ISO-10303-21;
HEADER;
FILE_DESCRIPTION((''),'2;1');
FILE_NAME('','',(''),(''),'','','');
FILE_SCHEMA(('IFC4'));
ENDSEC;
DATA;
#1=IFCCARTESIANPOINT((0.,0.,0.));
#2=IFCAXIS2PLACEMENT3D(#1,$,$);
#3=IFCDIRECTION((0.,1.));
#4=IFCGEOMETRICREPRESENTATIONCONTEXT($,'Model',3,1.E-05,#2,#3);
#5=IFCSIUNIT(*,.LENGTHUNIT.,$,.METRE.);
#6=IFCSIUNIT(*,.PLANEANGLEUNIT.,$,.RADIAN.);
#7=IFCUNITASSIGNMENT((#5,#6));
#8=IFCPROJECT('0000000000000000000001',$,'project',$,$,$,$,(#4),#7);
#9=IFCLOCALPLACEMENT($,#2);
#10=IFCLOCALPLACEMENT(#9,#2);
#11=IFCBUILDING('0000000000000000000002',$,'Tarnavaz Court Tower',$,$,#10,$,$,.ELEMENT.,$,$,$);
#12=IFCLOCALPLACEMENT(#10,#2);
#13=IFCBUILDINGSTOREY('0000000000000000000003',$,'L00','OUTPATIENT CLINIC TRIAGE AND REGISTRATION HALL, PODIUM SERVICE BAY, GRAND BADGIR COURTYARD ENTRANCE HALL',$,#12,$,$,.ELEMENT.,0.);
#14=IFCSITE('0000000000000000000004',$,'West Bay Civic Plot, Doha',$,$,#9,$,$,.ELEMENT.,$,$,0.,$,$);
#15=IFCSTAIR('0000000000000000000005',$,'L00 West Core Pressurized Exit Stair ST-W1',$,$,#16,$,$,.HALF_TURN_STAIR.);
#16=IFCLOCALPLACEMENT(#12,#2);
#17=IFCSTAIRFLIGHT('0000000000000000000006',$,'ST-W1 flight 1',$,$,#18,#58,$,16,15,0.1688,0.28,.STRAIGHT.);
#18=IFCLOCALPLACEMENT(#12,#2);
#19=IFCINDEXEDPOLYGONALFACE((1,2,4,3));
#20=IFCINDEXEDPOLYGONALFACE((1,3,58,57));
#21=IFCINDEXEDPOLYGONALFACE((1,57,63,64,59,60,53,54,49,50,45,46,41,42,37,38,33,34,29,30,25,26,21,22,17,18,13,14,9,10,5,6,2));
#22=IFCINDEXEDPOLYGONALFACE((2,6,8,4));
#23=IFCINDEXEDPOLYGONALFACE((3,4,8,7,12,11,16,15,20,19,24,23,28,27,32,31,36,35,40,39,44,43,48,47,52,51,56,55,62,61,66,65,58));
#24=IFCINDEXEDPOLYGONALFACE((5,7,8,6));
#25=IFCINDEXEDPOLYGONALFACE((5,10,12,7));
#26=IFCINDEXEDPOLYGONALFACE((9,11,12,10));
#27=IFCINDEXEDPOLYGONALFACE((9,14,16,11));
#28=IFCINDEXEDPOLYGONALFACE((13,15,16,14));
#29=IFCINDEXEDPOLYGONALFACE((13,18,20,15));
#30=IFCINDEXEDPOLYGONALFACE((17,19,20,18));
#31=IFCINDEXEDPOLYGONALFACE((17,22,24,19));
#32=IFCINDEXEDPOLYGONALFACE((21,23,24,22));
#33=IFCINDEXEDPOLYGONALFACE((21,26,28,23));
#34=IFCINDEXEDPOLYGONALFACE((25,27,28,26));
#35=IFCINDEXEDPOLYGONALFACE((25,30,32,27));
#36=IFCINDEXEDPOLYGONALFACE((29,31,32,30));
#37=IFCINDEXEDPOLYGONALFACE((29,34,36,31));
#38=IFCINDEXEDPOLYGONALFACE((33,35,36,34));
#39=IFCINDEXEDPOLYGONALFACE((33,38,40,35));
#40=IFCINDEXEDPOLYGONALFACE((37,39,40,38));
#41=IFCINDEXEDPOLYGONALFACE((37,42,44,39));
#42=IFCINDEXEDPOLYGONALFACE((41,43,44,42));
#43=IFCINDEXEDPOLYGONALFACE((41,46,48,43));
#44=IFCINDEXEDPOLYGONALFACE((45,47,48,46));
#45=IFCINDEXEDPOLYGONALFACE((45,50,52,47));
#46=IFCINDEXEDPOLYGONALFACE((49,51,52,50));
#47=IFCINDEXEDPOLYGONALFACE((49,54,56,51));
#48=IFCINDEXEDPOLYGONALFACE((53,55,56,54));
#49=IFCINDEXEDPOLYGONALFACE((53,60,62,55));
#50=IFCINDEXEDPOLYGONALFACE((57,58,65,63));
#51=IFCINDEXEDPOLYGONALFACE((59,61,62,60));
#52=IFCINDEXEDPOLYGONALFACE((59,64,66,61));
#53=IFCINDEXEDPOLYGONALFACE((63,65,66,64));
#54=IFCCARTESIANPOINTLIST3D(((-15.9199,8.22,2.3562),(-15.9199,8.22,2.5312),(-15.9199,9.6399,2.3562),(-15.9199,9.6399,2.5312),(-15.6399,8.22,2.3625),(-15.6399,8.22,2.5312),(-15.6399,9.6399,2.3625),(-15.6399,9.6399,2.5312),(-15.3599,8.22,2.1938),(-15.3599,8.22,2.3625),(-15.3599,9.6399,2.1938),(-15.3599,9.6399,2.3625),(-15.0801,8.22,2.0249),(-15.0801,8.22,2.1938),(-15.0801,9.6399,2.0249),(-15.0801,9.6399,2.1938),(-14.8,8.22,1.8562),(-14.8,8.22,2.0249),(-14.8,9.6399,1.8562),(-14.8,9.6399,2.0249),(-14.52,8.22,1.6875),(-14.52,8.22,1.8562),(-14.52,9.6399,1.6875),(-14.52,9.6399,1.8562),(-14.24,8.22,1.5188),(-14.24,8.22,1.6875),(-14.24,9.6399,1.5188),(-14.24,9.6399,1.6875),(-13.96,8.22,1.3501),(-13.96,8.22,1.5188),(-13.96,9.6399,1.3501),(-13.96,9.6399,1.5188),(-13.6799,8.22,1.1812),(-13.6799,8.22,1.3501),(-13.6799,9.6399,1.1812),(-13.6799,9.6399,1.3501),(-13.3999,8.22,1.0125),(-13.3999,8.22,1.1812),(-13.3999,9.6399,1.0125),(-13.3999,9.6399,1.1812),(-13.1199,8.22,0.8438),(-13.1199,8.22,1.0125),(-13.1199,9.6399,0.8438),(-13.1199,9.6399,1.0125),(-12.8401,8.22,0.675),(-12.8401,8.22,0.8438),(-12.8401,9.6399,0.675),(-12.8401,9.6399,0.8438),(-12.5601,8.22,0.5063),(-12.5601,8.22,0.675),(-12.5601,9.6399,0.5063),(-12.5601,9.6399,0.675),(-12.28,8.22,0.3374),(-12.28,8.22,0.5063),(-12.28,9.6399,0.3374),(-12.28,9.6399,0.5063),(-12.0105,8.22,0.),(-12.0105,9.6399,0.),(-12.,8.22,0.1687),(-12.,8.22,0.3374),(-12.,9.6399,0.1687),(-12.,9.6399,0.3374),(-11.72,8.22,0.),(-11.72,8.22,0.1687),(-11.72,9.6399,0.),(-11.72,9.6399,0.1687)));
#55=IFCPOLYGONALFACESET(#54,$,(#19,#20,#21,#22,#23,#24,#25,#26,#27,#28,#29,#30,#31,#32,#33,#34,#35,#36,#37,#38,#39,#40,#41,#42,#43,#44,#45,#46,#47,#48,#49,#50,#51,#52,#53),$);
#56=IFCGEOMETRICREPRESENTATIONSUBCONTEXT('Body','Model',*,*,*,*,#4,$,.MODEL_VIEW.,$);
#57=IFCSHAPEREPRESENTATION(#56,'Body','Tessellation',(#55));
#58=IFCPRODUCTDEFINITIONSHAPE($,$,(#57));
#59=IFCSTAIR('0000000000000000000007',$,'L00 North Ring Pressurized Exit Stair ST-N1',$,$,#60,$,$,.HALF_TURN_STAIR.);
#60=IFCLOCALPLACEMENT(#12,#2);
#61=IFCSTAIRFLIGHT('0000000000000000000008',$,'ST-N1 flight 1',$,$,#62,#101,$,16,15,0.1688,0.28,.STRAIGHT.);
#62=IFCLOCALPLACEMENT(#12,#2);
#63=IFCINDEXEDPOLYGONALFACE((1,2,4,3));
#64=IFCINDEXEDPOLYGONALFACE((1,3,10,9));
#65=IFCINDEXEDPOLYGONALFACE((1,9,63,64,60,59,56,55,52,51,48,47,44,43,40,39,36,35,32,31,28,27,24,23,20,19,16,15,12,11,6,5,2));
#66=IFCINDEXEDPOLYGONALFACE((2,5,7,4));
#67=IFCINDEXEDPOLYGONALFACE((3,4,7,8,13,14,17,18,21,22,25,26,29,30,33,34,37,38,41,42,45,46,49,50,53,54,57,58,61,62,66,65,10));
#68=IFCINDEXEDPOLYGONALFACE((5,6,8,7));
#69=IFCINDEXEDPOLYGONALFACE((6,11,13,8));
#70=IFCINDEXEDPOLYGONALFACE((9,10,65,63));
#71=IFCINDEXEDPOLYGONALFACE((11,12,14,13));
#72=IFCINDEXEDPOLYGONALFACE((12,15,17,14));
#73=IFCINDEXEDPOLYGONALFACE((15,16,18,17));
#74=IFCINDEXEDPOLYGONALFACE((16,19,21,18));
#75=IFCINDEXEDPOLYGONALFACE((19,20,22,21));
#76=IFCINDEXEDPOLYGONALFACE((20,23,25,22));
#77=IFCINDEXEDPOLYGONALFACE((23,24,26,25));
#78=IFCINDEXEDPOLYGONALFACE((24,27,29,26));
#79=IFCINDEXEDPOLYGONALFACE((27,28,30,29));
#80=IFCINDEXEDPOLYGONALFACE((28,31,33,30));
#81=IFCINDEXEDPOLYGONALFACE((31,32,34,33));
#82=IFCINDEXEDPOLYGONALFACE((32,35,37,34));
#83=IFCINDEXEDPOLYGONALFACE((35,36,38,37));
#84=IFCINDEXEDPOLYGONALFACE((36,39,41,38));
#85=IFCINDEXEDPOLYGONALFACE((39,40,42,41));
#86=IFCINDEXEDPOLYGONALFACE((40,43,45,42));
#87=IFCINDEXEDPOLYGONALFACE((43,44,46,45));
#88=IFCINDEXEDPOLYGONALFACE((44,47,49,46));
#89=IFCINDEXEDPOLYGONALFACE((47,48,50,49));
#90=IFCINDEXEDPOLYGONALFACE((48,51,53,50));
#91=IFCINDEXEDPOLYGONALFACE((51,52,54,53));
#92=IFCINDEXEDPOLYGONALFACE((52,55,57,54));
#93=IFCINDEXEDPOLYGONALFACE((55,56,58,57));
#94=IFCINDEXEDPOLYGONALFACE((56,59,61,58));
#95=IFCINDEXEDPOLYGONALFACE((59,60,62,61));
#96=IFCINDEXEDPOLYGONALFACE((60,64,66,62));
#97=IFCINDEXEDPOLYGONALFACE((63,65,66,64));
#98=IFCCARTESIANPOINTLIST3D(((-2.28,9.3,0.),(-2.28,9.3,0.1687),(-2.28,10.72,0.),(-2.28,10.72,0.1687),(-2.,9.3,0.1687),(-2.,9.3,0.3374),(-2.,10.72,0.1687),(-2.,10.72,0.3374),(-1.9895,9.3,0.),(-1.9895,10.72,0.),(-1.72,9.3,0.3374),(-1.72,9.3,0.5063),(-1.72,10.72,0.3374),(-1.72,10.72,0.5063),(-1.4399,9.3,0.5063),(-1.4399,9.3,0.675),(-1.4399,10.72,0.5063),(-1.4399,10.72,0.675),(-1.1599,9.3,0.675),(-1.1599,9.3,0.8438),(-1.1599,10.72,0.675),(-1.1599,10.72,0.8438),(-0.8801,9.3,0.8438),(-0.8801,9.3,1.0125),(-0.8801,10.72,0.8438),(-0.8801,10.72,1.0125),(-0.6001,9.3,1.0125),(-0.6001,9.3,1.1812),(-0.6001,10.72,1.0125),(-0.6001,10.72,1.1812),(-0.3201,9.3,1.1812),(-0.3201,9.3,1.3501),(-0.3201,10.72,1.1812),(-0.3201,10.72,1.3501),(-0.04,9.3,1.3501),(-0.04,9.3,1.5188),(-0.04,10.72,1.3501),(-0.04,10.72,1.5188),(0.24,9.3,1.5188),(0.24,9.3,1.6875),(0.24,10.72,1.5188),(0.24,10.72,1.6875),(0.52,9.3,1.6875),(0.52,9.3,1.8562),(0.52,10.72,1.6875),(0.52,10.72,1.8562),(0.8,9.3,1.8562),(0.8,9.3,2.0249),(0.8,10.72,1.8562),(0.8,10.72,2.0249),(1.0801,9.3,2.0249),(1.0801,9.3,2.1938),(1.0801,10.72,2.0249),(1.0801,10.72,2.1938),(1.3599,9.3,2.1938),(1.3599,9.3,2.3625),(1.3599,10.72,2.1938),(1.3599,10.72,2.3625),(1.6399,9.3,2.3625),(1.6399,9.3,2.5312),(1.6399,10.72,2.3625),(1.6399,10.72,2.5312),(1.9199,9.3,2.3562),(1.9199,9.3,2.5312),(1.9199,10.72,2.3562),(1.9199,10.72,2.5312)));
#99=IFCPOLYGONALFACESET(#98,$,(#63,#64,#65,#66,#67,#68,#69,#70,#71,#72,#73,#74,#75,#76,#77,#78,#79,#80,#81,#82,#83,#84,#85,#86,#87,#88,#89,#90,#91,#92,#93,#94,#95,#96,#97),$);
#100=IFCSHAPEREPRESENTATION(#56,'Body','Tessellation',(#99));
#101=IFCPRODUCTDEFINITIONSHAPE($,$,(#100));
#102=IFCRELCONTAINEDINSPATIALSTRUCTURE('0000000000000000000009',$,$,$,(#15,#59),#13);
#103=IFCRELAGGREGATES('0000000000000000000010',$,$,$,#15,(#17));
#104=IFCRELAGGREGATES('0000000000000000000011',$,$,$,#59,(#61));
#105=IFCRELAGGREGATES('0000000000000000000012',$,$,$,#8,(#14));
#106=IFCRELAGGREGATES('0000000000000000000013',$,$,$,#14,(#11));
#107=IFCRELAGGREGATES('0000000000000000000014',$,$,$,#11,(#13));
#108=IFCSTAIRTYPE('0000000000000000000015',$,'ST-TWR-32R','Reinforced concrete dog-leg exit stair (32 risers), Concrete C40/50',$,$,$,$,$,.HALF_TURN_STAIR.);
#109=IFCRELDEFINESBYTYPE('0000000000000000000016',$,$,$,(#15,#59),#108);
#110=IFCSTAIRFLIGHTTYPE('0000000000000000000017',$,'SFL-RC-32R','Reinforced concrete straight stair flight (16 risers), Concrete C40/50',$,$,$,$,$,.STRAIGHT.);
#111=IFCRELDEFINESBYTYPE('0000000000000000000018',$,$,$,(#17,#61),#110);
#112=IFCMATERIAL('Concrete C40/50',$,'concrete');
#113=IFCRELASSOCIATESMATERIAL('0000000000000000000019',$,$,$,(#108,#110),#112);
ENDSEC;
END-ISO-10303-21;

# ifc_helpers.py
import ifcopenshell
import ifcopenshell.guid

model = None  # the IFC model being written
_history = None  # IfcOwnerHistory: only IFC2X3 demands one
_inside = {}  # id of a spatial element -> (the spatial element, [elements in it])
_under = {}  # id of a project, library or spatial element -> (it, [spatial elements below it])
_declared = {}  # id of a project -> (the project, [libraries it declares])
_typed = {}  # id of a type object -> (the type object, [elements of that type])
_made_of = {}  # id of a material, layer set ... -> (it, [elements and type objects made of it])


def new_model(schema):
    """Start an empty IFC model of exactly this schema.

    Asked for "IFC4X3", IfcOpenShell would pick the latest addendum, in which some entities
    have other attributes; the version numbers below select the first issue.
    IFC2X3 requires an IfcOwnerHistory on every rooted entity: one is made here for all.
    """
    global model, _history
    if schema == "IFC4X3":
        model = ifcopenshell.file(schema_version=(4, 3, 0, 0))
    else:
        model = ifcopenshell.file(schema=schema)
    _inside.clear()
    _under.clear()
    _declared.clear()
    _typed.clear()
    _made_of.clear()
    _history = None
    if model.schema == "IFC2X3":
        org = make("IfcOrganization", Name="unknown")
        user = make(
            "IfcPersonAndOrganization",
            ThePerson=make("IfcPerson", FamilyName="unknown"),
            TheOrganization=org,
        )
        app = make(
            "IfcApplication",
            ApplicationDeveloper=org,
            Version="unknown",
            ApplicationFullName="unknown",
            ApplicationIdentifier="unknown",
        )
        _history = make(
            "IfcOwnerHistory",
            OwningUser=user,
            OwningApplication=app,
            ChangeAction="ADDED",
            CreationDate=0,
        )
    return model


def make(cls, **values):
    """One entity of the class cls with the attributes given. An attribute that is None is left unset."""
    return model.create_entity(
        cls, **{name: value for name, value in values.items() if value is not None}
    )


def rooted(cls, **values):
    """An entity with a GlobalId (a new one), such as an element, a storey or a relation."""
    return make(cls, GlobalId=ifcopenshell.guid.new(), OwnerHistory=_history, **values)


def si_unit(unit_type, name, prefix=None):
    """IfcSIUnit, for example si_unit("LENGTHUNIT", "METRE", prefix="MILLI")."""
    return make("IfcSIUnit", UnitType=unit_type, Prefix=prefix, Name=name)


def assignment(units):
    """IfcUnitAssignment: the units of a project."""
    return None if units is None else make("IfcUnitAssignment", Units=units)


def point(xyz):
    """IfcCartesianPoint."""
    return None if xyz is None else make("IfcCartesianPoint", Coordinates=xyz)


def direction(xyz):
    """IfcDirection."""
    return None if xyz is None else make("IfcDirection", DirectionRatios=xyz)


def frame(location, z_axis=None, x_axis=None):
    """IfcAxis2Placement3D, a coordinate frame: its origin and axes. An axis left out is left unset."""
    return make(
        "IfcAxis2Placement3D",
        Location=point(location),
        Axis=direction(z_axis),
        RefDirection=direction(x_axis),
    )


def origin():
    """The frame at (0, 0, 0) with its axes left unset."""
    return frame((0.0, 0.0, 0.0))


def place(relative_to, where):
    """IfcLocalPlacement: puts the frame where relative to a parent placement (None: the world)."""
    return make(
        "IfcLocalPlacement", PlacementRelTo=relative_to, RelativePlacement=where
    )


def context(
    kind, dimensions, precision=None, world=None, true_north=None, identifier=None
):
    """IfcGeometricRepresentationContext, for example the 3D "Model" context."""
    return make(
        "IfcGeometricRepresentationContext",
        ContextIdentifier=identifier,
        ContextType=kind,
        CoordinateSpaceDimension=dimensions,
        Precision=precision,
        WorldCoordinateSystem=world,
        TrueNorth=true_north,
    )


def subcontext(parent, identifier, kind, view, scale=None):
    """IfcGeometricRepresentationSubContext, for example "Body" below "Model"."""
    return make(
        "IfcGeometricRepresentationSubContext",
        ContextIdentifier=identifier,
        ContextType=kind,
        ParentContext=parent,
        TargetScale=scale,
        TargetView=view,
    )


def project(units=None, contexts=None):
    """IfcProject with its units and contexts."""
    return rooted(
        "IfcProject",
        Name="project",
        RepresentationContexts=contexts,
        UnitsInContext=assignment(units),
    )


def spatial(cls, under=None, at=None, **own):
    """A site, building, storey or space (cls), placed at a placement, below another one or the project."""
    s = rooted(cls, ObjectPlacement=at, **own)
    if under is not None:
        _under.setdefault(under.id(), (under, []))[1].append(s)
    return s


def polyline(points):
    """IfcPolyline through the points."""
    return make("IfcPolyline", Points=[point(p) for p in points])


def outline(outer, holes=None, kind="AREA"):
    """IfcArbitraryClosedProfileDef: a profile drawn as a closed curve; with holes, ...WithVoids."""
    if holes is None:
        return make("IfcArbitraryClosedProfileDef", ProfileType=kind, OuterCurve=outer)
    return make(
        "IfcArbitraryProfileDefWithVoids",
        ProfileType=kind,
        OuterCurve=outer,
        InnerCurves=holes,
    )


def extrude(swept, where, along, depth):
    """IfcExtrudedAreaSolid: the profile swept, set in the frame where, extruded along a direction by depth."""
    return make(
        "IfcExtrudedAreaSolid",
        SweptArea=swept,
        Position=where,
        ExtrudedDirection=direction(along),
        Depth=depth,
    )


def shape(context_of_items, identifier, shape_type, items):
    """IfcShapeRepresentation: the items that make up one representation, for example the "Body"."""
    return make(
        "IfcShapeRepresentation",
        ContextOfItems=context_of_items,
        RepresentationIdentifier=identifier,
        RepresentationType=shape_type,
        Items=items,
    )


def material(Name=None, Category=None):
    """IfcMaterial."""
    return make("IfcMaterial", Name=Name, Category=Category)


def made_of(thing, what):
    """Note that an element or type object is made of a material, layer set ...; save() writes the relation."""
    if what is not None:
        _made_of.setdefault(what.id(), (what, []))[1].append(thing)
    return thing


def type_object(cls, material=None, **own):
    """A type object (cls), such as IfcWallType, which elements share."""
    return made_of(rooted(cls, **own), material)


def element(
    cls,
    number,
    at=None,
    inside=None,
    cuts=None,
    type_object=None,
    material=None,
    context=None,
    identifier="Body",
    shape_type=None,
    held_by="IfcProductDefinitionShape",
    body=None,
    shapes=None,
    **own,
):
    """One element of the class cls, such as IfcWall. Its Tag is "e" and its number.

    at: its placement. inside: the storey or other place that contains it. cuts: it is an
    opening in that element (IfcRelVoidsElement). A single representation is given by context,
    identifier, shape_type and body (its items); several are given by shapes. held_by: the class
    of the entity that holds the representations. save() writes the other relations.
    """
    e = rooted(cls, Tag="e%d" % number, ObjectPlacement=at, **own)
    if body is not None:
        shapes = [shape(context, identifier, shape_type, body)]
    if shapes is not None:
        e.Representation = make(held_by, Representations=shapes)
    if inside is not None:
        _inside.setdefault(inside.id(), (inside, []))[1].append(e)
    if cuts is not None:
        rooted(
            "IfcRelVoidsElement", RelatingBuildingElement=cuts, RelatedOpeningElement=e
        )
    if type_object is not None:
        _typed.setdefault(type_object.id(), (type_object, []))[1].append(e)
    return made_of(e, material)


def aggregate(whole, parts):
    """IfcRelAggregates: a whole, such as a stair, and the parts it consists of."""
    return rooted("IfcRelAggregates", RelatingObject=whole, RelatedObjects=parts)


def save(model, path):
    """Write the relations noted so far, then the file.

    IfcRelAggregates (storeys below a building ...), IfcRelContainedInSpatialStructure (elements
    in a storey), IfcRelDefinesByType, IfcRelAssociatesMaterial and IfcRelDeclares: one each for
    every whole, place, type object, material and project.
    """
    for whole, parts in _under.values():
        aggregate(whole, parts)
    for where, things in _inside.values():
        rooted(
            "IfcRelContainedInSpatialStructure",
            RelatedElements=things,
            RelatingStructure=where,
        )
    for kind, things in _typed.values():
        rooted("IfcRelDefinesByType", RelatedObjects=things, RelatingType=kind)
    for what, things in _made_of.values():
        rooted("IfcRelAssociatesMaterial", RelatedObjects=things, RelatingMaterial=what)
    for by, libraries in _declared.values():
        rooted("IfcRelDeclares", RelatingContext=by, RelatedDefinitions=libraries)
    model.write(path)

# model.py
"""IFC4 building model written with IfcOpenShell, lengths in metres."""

from ifc_helpers import new_model, si_unit, direction, frame, origin, place, context, subcontext, project, spatial, polyline, outline, extrude, material, type_object, element, aggregate, save


model = new_model("IFC4")

# Units and contexts
model_context = context("Model", 3, precision=1e-05, world=origin(), true_north=direction((0.0, 1.0)))
body_context = subcontext(model_context, "Body", "Model", "MODEL_VIEW")
ifc_project = project(units=[si_unit("LENGTHUNIT", "METRE"), si_unit("PLANEANGLEUNIT", "RADIAN")], contexts=[model_context])

# Site, building, storey
site_placement = place(None, origin())
site = spatial("IfcSite", under=ifc_project, at=site_placement, Name="West Bay Civic Plot, Doha", CompositionType="ELEMENT", RefElevation=0.0)
building_placement = place(site_placement, origin())
building = spatial("IfcBuilding", under=site, at=building_placement, Name="Tarnavaz Court Tower", CompositionType="ELEMENT")
storey_placement = place(building_placement, origin())
storey = spatial("IfcBuildingStorey", under=building, at=storey_placement, Name="L00", Description="OUTPATIENT CLINIC TRIAGE AND REGISTRATION HALL, PODIUM SERVICE BAY, GRAND BADGIR COURTYARD ENTRANCE HALL", CompositionType="ELEMENT", Elevation=0.0)

# Shared definitions
ifc_material_1 = material(Name="Concrete C40/50", Category="concrete")
stair_type = type_object("IfcStairType", Name="ST-TWR-32R", Description="Reinforced concrete dog-leg exit stair (32 risers), Concrete C40/50", PredefinedType="HALF_TURN_STAIR", material=ifc_material_1)

# Stairs, stair flights
stair_1_placement = place(storey_placement, origin())
stair_1 = element("IfcStair", 1, at=stair_1_placement, inside=storey, type_object=stair_type, Name="L00 West Core Pressurized Exit Stair ST-W1", PredefinedType="HALF_TURN_STAIR")
stair_flight_type = type_object("IfcStairFlightType", Name="SFL-RC-32R", Description="Reinforced concrete straight stair flight (16 risers), Concrete C40/50", PredefinedType="STRAIGHT", material=ifc_material_1)
stair_flight_1_placement = place(storey_placement, frame((-11.72, 8.9299, 0.0), z_axis=(0.0, 0.0, 1.0), x_axis=(-1.0, 0.0, 0.0)))
stair_flight_1 = element("IfcStairFlight", 2, at=stair_flight_1_placement, type_object=stair_flight_type, Name="ST-W1 flight 1", NumberOfRisers=16, NumberOfTreads=15, PredefinedType="STRAIGHT", RiserHeight=0.1688, TreadLength=0.28, context=body_context, shape_type="SweptSolid", body=[
    extrude(outline(polyline([(0.0, 0.0), (0.0, 0.1687), (0.28, 0.1687), (0.28, 0.3374), (0.5601, 0.3374), (0.5601, 0.5063), (0.8401, 0.5063), (0.8401, 0.675), (1.1201, 0.675), (1.1201, 0.8438), (1.3999, 0.8438), (1.3999, 1.0125), (1.6799, 1.0125), (1.6799, 1.1812), (1.96, 1.1812), (1.96, 1.3501), (2.24, 1.3501), (2.24, 1.5188), (2.52, 1.5188), (2.52, 1.6875), (2.8, 1.6875), (2.8, 1.8562), (3.0801, 1.8562), (3.0801, 2.0249), (3.3601, 2.0249), (3.3601, 2.1938), (3.6399, 2.1938), (3.6399, 2.3625), (3.9199, 2.3625), (3.9199, 2.5312), (4.2, 2.5312), (4.2, 2.7), (4.2, 2.3562), (0.2905, 0.0), (0.0, 0.0)])), frame((0.0, 0.71, 0.0), z_axis=(0.0, -1.0, 0.0), x_axis=(1.0, 0.0, 0.0)), (0.0, 0.0, 1.0), 1.4199),
])
aggregate(stair_1, [stair_flight_1])
stair_2_placement = place(storey_placement, origin())
stair_2 = element("IfcStair", 3, at=stair_2_placement, inside=storey, type_object=stair_type, Name="L00 North Ring Pressurized Exit Stair ST-N1", PredefinedType="HALF_TURN_STAIR")
stair_flight_2_placement = place(storey_placement, frame((-2.28, 10.01, 0.0), z_axis=(0.0, 0.0, 1.0), x_axis=(1.0, 0.0, 0.0)))
stair_flight_2 = element("IfcStairFlight", 4, at=stair_flight_2_placement, type_object=stair_flight_type, Name="ST-N1 flight 1", NumberOfRisers=16, NumberOfTreads=15, PredefinedType="STRAIGHT", RiserHeight=0.1688, TreadLength=0.28, context=body_context, shape_type="SweptSolid", body=[
    extrude(outline(polyline([(0.0, 0.0), (0.0, 0.1687), (0.28, 0.1687), (0.28, 0.3374), (0.5601, 0.3374), (0.5601, 0.5063), (0.8401, 0.5063), (0.8401, 0.675), (1.1201, 0.675), (1.1201, 0.8438), (1.3999, 0.8438), (1.3999, 1.0125), (1.6799, 1.0125), (1.6799, 1.1812), (1.96, 1.1812), (1.96, 1.3501), (2.24, 1.3501), (2.24, 1.5188), (2.52, 1.5188), (2.52, 1.6875), (2.8, 1.6875), (2.8, 1.8562), (3.0801, 1.8562), (3.0801, 2.0249), (3.3601, 2.0249), (3.3601, 2.1938), (3.6399, 2.1938), (3.6399, 2.3625), (3.9199, 2.3625), (3.9199, 2.5312), (4.2, 2.5312), (4.2, 2.7), (4.2, 2.3562), (0.2905, 0.0), (0.0, 0.0)])), frame((0.0, 0.71, 0.0), z_axis=(0.0, -1.0, 0.0), x_axis=(1.0, 0.0, 0.0)), (0.0, 0.0, 1.0), 1.4199),
])
aggregate(stair_2, [stair_flight_2])

save(model, "model.ifc")
